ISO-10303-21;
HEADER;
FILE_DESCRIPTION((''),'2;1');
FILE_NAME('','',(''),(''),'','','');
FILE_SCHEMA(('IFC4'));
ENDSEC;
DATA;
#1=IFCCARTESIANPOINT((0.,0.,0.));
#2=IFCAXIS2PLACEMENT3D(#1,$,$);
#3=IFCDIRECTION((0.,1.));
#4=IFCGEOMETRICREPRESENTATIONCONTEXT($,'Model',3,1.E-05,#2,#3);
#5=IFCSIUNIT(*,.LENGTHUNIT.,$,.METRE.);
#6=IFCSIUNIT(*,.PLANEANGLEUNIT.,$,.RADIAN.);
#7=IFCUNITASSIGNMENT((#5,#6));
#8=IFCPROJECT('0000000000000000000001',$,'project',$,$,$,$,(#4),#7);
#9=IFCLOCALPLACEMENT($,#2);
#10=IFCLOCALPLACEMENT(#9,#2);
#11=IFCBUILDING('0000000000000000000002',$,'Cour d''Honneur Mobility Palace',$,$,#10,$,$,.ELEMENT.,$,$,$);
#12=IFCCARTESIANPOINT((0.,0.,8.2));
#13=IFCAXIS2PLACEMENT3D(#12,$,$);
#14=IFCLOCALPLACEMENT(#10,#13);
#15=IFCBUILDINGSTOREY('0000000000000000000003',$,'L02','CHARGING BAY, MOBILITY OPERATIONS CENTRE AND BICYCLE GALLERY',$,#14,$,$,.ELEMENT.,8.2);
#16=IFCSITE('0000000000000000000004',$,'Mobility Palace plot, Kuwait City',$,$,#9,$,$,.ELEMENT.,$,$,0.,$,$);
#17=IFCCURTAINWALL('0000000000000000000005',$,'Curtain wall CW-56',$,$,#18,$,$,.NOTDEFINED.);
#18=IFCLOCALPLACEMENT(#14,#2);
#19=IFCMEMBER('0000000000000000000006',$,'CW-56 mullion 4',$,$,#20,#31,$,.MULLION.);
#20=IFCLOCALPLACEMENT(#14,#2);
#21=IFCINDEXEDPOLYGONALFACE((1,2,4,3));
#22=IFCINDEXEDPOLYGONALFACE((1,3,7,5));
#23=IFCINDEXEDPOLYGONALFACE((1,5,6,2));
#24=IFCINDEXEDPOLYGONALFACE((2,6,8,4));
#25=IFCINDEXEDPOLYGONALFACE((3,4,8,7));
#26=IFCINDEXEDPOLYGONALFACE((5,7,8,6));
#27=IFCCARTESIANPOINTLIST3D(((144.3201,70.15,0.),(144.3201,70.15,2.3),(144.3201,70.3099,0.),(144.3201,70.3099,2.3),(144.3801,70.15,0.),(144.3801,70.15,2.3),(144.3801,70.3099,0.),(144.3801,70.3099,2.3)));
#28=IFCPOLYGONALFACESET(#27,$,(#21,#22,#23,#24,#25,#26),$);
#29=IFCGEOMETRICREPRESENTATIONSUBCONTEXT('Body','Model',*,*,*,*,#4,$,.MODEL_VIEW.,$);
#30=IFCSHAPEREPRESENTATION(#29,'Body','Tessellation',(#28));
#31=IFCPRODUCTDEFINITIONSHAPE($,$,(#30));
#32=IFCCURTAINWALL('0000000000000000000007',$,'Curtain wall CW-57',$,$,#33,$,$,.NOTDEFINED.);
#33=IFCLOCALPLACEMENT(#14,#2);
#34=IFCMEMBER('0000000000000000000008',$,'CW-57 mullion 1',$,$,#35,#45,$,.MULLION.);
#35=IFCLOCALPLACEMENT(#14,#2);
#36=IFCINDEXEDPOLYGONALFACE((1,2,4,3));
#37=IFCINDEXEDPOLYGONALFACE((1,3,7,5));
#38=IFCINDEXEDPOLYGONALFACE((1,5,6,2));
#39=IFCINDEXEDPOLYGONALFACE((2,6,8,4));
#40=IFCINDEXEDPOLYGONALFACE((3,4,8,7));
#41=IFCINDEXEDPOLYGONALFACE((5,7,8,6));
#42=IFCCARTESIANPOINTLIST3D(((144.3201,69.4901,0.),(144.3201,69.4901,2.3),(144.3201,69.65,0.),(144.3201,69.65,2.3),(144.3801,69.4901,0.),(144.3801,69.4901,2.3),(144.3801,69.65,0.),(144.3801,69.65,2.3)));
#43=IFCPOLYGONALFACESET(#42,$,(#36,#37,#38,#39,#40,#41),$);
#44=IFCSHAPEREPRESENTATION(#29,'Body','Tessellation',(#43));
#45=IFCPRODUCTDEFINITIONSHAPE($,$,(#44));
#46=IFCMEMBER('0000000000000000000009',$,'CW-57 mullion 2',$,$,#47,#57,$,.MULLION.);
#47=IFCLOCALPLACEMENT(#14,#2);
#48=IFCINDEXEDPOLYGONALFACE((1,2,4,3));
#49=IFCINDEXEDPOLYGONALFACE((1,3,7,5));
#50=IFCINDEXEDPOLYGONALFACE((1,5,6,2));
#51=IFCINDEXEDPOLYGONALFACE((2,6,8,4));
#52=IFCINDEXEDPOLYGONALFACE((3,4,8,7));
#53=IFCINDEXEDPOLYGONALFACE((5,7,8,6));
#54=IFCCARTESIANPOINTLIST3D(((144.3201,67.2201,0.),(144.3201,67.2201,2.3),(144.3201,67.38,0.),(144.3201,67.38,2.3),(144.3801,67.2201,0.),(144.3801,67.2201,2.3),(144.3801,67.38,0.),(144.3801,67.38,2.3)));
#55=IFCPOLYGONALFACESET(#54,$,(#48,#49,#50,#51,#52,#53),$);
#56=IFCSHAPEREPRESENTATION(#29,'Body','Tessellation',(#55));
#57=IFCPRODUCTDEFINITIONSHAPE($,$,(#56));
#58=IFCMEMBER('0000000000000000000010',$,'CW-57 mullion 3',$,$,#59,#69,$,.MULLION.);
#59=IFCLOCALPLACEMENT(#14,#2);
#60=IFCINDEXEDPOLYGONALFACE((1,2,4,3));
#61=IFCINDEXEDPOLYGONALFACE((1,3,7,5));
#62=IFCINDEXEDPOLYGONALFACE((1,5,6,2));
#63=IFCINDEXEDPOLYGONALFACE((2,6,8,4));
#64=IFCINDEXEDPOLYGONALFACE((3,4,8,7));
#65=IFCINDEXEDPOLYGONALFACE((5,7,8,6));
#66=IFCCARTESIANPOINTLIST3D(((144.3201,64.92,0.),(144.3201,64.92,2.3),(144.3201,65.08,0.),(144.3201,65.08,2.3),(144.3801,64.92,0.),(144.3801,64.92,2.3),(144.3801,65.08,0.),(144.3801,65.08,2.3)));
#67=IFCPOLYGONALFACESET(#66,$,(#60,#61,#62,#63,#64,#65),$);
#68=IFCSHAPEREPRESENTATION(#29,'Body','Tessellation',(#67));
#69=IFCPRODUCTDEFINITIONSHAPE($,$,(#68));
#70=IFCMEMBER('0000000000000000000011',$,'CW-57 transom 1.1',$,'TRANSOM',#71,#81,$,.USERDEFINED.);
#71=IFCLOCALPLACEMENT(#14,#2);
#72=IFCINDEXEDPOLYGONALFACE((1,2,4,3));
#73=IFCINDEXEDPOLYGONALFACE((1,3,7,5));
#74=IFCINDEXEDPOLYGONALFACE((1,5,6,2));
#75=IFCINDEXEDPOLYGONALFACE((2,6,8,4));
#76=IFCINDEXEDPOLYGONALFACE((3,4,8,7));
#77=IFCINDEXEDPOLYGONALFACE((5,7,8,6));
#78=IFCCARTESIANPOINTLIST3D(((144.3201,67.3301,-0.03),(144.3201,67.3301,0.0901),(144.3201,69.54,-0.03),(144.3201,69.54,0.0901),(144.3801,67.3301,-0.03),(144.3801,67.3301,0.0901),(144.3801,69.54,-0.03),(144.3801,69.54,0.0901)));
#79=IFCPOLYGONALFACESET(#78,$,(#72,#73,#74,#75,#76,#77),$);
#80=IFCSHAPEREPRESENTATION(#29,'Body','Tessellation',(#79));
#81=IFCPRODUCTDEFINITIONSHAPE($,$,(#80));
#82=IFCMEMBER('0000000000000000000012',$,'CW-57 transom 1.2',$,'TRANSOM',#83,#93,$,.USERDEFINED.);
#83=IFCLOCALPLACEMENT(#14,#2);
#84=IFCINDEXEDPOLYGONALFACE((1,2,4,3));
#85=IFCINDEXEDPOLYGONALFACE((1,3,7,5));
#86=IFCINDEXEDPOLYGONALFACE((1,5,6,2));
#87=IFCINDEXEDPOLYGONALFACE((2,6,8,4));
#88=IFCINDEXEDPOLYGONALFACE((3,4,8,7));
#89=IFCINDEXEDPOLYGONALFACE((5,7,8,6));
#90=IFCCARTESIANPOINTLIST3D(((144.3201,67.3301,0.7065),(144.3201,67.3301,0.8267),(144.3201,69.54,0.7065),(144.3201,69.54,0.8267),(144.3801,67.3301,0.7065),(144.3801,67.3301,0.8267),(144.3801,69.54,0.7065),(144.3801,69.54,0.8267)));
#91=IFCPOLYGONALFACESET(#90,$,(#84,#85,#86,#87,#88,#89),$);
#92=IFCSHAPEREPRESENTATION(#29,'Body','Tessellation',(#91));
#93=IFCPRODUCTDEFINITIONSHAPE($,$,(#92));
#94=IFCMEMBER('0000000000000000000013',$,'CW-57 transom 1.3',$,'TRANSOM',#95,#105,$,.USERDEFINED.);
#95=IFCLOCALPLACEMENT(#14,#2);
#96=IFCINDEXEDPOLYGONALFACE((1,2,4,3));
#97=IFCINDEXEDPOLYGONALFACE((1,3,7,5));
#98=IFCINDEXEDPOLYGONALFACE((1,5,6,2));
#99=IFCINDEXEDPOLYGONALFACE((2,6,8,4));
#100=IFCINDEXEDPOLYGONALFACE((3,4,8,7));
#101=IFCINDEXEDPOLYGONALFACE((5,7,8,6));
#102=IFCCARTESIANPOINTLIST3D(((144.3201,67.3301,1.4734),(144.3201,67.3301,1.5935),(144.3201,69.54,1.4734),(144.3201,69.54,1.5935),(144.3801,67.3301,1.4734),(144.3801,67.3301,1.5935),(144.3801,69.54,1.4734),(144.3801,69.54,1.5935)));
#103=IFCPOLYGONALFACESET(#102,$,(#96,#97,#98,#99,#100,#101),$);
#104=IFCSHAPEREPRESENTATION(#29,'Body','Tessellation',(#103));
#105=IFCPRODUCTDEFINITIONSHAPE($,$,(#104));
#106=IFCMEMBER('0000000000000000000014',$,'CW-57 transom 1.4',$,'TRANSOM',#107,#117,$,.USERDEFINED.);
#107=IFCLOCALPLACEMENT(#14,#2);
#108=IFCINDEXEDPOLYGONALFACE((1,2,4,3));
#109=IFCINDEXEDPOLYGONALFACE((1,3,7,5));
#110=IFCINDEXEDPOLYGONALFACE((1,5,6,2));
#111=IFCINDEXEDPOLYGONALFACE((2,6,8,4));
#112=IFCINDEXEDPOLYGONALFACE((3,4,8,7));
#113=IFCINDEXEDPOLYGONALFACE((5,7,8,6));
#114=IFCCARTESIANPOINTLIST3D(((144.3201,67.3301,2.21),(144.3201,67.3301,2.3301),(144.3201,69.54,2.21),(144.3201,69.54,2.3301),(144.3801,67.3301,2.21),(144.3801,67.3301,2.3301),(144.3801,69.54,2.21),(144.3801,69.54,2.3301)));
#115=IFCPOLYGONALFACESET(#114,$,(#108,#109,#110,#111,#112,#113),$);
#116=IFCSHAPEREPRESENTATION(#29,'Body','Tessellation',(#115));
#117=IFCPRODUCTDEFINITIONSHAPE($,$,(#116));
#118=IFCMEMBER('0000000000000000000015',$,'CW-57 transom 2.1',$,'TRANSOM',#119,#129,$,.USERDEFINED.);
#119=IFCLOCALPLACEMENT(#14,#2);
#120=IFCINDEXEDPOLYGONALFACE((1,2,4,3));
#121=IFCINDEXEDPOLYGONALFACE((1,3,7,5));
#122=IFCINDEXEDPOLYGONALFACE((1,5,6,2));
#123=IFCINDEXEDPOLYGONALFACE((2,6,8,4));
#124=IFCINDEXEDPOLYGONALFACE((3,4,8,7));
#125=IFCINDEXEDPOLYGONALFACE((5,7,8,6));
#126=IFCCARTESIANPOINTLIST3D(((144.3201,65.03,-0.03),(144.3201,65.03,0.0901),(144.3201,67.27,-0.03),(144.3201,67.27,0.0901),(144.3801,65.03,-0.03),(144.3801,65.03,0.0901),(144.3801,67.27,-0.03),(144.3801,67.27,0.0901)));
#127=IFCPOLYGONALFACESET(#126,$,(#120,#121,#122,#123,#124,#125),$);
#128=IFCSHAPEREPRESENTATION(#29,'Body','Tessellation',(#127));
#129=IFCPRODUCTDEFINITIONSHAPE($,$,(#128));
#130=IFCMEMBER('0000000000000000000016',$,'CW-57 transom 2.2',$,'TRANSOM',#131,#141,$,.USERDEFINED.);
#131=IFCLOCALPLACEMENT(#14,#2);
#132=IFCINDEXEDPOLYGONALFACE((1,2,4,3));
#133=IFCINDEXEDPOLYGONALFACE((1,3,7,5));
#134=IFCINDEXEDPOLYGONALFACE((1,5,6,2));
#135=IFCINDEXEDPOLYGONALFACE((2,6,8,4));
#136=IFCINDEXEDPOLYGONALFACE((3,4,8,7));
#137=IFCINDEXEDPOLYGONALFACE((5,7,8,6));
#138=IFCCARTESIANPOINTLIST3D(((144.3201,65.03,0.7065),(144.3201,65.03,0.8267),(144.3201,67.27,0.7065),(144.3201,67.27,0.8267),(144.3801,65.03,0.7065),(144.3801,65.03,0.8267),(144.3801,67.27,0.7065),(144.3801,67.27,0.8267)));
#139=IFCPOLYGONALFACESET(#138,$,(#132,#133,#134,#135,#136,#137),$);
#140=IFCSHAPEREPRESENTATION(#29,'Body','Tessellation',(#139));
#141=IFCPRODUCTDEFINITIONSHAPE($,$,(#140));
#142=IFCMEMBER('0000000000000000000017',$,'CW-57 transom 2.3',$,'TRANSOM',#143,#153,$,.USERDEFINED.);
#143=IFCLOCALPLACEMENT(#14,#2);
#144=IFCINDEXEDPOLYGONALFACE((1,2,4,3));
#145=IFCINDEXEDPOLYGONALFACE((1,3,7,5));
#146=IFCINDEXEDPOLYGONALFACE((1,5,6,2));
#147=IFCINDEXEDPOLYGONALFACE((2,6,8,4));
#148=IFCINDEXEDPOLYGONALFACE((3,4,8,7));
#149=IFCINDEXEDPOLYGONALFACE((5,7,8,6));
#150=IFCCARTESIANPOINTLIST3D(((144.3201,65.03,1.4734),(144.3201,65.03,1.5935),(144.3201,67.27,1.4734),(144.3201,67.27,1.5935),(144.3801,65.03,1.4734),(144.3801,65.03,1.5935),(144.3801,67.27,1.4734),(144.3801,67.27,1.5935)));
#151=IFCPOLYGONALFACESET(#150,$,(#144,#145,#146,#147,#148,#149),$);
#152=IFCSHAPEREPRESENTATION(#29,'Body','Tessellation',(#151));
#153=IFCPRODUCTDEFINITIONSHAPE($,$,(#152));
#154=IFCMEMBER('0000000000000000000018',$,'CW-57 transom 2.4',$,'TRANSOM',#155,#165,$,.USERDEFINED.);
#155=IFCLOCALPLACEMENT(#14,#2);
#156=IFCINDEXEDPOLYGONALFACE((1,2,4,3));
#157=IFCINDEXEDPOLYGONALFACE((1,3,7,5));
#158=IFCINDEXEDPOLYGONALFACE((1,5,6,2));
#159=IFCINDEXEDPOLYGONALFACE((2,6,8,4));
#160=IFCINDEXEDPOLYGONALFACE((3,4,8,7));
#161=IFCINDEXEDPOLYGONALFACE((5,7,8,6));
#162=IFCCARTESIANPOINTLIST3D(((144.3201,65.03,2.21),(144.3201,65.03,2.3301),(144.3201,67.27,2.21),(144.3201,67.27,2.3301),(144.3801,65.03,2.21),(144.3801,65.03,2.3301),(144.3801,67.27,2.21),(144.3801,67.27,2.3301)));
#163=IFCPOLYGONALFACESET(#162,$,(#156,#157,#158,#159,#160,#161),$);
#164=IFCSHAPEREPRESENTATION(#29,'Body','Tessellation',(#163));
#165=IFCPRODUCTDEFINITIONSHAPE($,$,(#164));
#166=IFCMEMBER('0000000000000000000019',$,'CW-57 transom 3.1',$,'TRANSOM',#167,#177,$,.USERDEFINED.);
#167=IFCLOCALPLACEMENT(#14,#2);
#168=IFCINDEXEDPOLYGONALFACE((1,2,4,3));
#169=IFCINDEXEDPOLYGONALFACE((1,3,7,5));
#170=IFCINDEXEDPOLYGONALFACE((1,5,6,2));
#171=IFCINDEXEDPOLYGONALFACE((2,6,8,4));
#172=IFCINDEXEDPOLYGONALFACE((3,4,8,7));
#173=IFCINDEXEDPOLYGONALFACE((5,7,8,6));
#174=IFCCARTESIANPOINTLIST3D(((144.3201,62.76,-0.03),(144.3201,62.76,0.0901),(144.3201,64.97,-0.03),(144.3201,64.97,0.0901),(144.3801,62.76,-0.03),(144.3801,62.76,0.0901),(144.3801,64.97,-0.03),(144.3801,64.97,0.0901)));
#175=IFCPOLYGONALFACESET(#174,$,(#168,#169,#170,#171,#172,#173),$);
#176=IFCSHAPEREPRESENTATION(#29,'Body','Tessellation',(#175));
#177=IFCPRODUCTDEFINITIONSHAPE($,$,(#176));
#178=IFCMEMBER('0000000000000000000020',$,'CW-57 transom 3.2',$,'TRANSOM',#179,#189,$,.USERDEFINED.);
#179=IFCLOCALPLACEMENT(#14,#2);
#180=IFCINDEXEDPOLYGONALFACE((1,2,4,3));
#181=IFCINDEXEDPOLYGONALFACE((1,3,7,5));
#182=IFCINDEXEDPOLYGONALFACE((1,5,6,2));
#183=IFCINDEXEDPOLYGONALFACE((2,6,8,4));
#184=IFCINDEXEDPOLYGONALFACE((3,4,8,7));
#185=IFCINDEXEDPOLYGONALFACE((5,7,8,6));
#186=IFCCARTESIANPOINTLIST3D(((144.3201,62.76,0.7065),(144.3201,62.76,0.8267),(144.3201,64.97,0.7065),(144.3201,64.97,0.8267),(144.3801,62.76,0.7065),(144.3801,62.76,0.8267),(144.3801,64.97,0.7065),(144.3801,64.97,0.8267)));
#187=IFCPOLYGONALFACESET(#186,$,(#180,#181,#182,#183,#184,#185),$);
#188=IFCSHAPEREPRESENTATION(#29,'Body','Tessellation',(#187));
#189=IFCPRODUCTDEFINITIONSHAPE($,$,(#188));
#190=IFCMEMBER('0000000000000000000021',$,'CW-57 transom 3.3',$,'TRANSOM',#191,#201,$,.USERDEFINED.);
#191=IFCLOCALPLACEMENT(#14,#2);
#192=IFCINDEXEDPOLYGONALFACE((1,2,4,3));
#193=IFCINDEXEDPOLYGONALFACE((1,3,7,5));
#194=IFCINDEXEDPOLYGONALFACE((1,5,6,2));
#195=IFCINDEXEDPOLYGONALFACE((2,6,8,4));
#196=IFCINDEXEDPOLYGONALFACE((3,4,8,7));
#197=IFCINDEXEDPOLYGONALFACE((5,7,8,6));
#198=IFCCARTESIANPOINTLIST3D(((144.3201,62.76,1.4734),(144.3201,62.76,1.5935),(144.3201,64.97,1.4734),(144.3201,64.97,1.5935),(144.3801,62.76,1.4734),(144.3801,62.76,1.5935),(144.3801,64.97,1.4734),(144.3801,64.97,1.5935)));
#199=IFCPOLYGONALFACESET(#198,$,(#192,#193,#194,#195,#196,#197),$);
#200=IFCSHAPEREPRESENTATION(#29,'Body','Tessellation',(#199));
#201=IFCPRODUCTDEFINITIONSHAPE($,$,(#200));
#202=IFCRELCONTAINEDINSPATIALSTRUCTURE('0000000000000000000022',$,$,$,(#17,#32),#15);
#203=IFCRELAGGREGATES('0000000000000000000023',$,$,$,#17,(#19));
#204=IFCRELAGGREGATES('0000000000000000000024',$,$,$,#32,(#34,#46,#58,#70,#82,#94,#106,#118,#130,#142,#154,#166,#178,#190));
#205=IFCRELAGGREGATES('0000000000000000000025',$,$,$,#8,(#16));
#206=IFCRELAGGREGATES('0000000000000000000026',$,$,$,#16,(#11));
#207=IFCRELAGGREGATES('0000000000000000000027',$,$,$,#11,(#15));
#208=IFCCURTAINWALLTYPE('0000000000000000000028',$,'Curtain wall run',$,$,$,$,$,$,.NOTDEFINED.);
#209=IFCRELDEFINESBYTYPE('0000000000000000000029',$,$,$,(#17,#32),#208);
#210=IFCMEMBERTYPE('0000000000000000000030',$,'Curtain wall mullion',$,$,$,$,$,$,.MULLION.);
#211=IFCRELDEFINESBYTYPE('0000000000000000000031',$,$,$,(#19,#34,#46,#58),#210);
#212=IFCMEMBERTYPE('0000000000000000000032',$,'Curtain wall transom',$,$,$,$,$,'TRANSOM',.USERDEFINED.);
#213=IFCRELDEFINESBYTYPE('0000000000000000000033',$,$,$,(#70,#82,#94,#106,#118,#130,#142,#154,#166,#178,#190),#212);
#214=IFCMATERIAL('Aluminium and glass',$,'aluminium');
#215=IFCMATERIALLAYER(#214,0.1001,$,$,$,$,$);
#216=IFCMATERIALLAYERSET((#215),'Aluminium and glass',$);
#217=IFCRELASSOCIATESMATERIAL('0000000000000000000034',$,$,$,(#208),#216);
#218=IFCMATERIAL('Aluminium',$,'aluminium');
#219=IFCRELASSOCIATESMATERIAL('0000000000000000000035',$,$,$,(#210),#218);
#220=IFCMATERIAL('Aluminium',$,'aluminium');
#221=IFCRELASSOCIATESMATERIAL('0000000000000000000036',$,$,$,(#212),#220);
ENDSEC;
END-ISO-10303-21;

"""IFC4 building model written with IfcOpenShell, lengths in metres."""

from ifc_helpers import new_model, si_unit, direction, frame, origin, origin_2d, place, context, subcontext, project, spatial, rectangle, extrude, material, layer, layer_set, material_profile, profile_set, type_object, element, aggregate, save


model = new_model("IFC4")

# Units and contexts
model_context = context("Model", 3, precision=1e-05, world=origin(), true_north=direction((0.0, 1.0)))
body_context = subcontext(model_context, "Body", "Model", "MODEL_VIEW")
ifc_project = project(units=[si_unit("LENGTHUNIT", "METRE"), si_unit("PLANEANGLEUNIT", "RADIAN")], contexts=[model_context])

# Site, building, storey
site_placement = place(None, origin())
site = spatial("IfcSite", under=ifc_project, at=site_placement, Name="Mobility Palace plot, Kuwait City", CompositionType="ELEMENT", RefElevation=0.0)
building_placement = place(site_placement, origin())
building = spatial("IfcBuilding", under=site, at=building_placement, Name="Cour d'Honneur Mobility Palace", CompositionType="ELEMENT")
storey_placement = place(building_placement, frame((0.0, 0.0, 8.2)))
storey = spatial("IfcBuildingStorey", under=building, at=storey_placement, Name="L02", Description="CHARGING BAY, MOBILITY OPERATIONS CENTRE AND BICYCLE GALLERY", CompositionType="ELEMENT", Elevation=8.2)

# Curtain wall, member
ifc_material_1 = material(Name="Aluminium and glass", Category="aluminium")
ifc_layer_1 = layer(ifc_material_1, 0.1001)
ifc_layer_set_1 = layer_set([ifc_layer_1], Name="Aluminium and glass")
curtain_wall_type = type_object("IfcCurtainWallType", Name="Curtain wall run", PredefinedType="NOTDEFINED", material=ifc_layer_set_1)
curtain_wall_1_placement = place(storey_placement, origin())
curtain_wall_1 = element("IfcCurtainWall", 1, at=curtain_wall_1_placement, inside=storey, type_object=curtain_wall_type, Name="Curtain wall CW-56", PredefinedType="NOTDEFINED")
ifc_material_2 = material(Name="Aluminium", Category="aluminium")
ifc_material_profile_1 = material_profile(ifc_material_2, rectangle(XDim=0.0601, YDim=0.1599, at=origin_2d()), Name="Curtain wall mullion")
ifc_profile_set_1 = profile_set([ifc_material_profile_1], Name="Aluminium")
member_type_1 = type_object("IfcMemberType", Name="Curtain wall mullion", PredefinedType="MULLION", material=ifc_profile_set_1)
member_1_placement = place(storey_placement, frame((144.3501, 70.23, 0.0), z_axis=(0.0, 0.0, 1.0), x_axis=(1.0, 0.0, 0.0)))
member_1 = element("IfcMember", 2, at=member_1_placement, type_object=member_type_1, Name="CW-56 mullion 4", PredefinedType="MULLION", context=body_context, shape_type="SweptSolid", body=[
    extrude(rectangle(XDim=0.0601, YDim=0.1599, at=origin_2d()), origin(), (0.0, 0.0, 1.0), 2.3),
])

# Curtain wall, members
curtain_wall_2_placement = place(storey_placement, origin())
curtain_wall_2 = element("IfcCurtainWall", 3, at=curtain_wall_2_placement, inside=storey, type_object=curtain_wall_type, Name="Curtain wall CW-57", PredefinedType="NOTDEFINED")
member_2_placement = place(storey_placement, frame((144.3501, 69.5701, 0.0), z_axis=(0.0, 0.0, 1.0), x_axis=(1.0, 0.0, 0.0)))
member_2 = element("IfcMember", 4, at=member_2_placement, type_object=member_type_1, Name="CW-57 mullion 1", PredefinedType="MULLION", context=body_context, shape_type="SweptSolid", body=[
    extrude(rectangle(XDim=0.0601, YDim=0.1599, at=origin_2d()), origin(), (0.0, 0.0, 1.0), 2.3),
])
member_3_placement = place(storey_placement, frame((144.3501, 67.3, 0.0), z_axis=(0.0, 0.0, 1.0), x_axis=(1.0, 0.0, 0.0)))
member_3 = element("IfcMember", 5, at=member_3_placement, type_object=member_type_1, Name="CW-57 mullion 2", PredefinedType="MULLION", context=body_context, shape_type="SweptSolid", body=[
    extrude(rectangle(XDim=0.0601, YDim=0.1599, at=origin_2d()), origin(), (0.0, 0.0, 1.0), 2.3),
])
member_4_placement = place(storey_placement, frame((144.3501, 65.0, 0.0), z_axis=(0.0, 0.0, 1.0), x_axis=(1.0, 0.0, 0.0)))
member_4 = element("IfcMember", 6, at=member_4_placement, type_object=member_type_1, Name="CW-57 mullion 3", PredefinedType="MULLION", context=body_context, shape_type="SweptSolid", body=[
    extrude(rectangle(XDim=0.0601, YDim=0.1599, at=origin_2d()), origin(), (0.0, 0.0, 1.0), 2.3),
])
ifc_material_3 = material(Name="Aluminium", Category="aluminium")
ifc_material_profile_2 = material_profile(ifc_material_3, rectangle(XDim=0.0601, YDim=0.1201, at=origin_2d()), Name="Curtain wall transom")
ifc_profile_set_2 = profile_set([ifc_material_profile_2], Name="Aluminium")
member_type_2 = type_object("IfcMemberType", Name="Curtain wall transom", ElementType="TRANSOM", PredefinedType="USERDEFINED", material=ifc_profile_set_2)
member_5_placement = place(storey_placement, frame((144.3501, 69.54, 0.03), z_axis=(0.0, -1.0, 0.0), x_axis=(1.0, 0.0, 0.0)))
member_5 = element("IfcMember", 7, at=member_5_placement, type_object=member_type_2, Name="CW-57 transom 1.1", ObjectType="TRANSOM", PredefinedType="USERDEFINED", context=body_context, shape_type="SweptSolid", body=[
    extrude(rectangle(XDim=0.0601, YDim=0.1201, at=origin_2d()), origin(), (0.0, 0.0, 1.0), 2.21),
])
member_6_placement = place(storey_placement, frame((144.3501, 69.54, 0.7666), z_axis=(0.0, -1.0, 0.0), x_axis=(1.0, 0.0, 0.0)))
member_6 = element("IfcMember", 8, at=member_6_placement, type_object=member_type_2, Name="CW-57 transom 1.2", ObjectType="TRANSOM", PredefinedType="USERDEFINED", context=body_context, shape_type="SweptSolid", body=[
    extrude(rectangle(XDim=0.0601, YDim=0.1201, at=origin_2d()), origin(), (0.0, 0.0, 1.0), 2.21),
])
member_7_placement = place(storey_placement, frame((144.3501, 69.54, 1.5334), z_axis=(0.0, -1.0, 0.0), x_axis=(1.0, 0.0, 0.0)))
member_7 = element("IfcMember", 9, at=member_7_placement, type_object=member_type_2, Name="CW-57 transom 1.3", ObjectType="TRANSOM", PredefinedType="USERDEFINED", context=body_context, shape_type="SweptSolid", body=[
    extrude(rectangle(XDim=0.0601, YDim=0.1201, at=origin_2d()), origin(), (0.0, 0.0, 1.0), 2.21),
])
member_8_placement = place(storey_placement, frame((144.3501, 69.54, 2.27), z_axis=(0.0, -1.0, 0.0), x_axis=(1.0, 0.0, 0.0)))
member_8 = element("IfcMember", 10, at=member_8_placement, type_object=member_type_2, Name="CW-57 transom 1.4", ObjectType="TRANSOM", PredefinedType="USERDEFINED", context=body_context, shape_type="SweptSolid", body=[
    extrude(rectangle(XDim=0.0601, YDim=0.1201, at=origin_2d()), origin(), (0.0, 0.0, 1.0), 2.21),
])
member_9_placement = place(storey_placement, frame((144.3501, 67.27, 0.03), z_axis=(0.0, -1.0, 0.0), x_axis=(1.0, 0.0, 0.0)))
member_9 = element("IfcMember", 11, at=member_9_placement, type_object=member_type_2, Name="CW-57 transom 2.1", ObjectType="TRANSOM", PredefinedType="USERDEFINED", context=body_context, shape_type="SweptSolid", body=[
    extrude(rectangle(XDim=0.0601, YDim=0.1201, at=origin_2d()), origin(), (0.0, 0.0, 1.0), 2.24),
])
member_10_placement = place(storey_placement, frame((144.3501, 67.27, 0.7666), z_axis=(0.0, -1.0, 0.0), x_axis=(1.0, 0.0, 0.0)))
member_10 = element("IfcMember", 12, at=member_10_placement, type_object=member_type_2, Name="CW-57 transom 2.2", ObjectType="TRANSOM", PredefinedType="USERDEFINED", context=body_context, shape_type="SweptSolid", body=[
    extrude(rectangle(XDim=0.0601, YDim=0.1201, at=origin_2d()), origin(), (0.0, 0.0, 1.0), 2.24),
])
member_11_placement = place(storey_placement, frame((144.3501, 67.27, 1.5334), z_axis=(0.0, -1.0, 0.0), x_axis=(1.0, 0.0, 0.0)))
member_11 = element("IfcMember", 13, at=member_11_placement, type_object=member_type_2, Name="CW-57 transom 2.3", ObjectType="TRANSOM", PredefinedType="USERDEFINED", context=body_context, shape_type="SweptSolid", body=[
    extrude(rectangle(XDim=0.0601, YDim=0.1201, at=origin_2d()), origin(), (0.0, 0.0, 1.0), 2.24),
])
member_12_placement = place(storey_placement, frame((144.3501, 67.27, 2.27), z_axis=(0.0, -1.0, 0.0), x_axis=(1.0, 0.0, 0.0)))
member_12 = element("IfcMember", 14, at=member_12_placement, type_object=member_type_2, Name="CW-57 transom 2.4", ObjectType="TRANSOM", PredefinedType="USERDEFINED", context=body_context, shape_type="SweptSolid", body=[
    extrude(rectangle(XDim=0.0601, YDim=0.1201, at=origin_2d()), origin(), (0.0, 0.0, 1.0), 2.24),
])
member_13_placement = place(storey_placement, frame((144.3501, 64.97, 0.03), z_axis=(0.0, -1.0, 0.0), x_axis=(1.0, 0.0, 0.0)))
member_13 = element("IfcMember", 15, at=member_13_placement, type_object=member_type_2, Name="CW-57 transom 3.1", ObjectType="TRANSOM", PredefinedType="USERDEFINED", context=body_context, shape_type="SweptSolid", body=[
    extrude(rectangle(XDim=0.0601, YDim=0.1201, at=origin_2d()), origin(), (0.0, 0.0, 1.0), 2.21),
])
member_14_placement = place(storey_placement, frame((144.3501, 64.97, 0.7666), z_axis=(0.0, -1.0, 0.0), x_axis=(1.0, 0.0, 0.0)))
member_14 = element("IfcMember", 16, at=member_14_placement, type_object=member_type_2, Name="CW-57 transom 3.2", ObjectType="TRANSOM", PredefinedType="USERDEFINED", context=body_context, shape_type="SweptSolid", body=[
    extrude(rectangle(XDim=0.0601, YDim=0.1201, at=origin_2d()), origin(), (0.0, 0.0, 1.0), 2.21),
])
member_15_placement = place(storey_placement, frame((144.3501, 64.97, 1.5334), z_axis=(0.0, -1.0, 0.0), x_axis=(1.0, 0.0, 0.0)))
member_15 = element("IfcMember", 17, at=member_15_placement, type_object=member_type_2, Name="CW-57 transom 3.3", ObjectType="TRANSOM", PredefinedType="USERDEFINED", context=body_context, shape_type="SweptSolid", body=[
    extrude(rectangle(XDim=0.0601, YDim=0.1201, at=origin_2d()), origin(), (0.0, 0.0, 1.0), 2.21),
])

aggregate(curtain_wall_1, [member_1])
aggregate(curtain_wall_2, [member_2, member_3, member_4, member_5, member_6, member_7, member_8, member_9, member_10, member_11, member_12, member_13, member_14, member_15])

save(model, "model.ifc")
